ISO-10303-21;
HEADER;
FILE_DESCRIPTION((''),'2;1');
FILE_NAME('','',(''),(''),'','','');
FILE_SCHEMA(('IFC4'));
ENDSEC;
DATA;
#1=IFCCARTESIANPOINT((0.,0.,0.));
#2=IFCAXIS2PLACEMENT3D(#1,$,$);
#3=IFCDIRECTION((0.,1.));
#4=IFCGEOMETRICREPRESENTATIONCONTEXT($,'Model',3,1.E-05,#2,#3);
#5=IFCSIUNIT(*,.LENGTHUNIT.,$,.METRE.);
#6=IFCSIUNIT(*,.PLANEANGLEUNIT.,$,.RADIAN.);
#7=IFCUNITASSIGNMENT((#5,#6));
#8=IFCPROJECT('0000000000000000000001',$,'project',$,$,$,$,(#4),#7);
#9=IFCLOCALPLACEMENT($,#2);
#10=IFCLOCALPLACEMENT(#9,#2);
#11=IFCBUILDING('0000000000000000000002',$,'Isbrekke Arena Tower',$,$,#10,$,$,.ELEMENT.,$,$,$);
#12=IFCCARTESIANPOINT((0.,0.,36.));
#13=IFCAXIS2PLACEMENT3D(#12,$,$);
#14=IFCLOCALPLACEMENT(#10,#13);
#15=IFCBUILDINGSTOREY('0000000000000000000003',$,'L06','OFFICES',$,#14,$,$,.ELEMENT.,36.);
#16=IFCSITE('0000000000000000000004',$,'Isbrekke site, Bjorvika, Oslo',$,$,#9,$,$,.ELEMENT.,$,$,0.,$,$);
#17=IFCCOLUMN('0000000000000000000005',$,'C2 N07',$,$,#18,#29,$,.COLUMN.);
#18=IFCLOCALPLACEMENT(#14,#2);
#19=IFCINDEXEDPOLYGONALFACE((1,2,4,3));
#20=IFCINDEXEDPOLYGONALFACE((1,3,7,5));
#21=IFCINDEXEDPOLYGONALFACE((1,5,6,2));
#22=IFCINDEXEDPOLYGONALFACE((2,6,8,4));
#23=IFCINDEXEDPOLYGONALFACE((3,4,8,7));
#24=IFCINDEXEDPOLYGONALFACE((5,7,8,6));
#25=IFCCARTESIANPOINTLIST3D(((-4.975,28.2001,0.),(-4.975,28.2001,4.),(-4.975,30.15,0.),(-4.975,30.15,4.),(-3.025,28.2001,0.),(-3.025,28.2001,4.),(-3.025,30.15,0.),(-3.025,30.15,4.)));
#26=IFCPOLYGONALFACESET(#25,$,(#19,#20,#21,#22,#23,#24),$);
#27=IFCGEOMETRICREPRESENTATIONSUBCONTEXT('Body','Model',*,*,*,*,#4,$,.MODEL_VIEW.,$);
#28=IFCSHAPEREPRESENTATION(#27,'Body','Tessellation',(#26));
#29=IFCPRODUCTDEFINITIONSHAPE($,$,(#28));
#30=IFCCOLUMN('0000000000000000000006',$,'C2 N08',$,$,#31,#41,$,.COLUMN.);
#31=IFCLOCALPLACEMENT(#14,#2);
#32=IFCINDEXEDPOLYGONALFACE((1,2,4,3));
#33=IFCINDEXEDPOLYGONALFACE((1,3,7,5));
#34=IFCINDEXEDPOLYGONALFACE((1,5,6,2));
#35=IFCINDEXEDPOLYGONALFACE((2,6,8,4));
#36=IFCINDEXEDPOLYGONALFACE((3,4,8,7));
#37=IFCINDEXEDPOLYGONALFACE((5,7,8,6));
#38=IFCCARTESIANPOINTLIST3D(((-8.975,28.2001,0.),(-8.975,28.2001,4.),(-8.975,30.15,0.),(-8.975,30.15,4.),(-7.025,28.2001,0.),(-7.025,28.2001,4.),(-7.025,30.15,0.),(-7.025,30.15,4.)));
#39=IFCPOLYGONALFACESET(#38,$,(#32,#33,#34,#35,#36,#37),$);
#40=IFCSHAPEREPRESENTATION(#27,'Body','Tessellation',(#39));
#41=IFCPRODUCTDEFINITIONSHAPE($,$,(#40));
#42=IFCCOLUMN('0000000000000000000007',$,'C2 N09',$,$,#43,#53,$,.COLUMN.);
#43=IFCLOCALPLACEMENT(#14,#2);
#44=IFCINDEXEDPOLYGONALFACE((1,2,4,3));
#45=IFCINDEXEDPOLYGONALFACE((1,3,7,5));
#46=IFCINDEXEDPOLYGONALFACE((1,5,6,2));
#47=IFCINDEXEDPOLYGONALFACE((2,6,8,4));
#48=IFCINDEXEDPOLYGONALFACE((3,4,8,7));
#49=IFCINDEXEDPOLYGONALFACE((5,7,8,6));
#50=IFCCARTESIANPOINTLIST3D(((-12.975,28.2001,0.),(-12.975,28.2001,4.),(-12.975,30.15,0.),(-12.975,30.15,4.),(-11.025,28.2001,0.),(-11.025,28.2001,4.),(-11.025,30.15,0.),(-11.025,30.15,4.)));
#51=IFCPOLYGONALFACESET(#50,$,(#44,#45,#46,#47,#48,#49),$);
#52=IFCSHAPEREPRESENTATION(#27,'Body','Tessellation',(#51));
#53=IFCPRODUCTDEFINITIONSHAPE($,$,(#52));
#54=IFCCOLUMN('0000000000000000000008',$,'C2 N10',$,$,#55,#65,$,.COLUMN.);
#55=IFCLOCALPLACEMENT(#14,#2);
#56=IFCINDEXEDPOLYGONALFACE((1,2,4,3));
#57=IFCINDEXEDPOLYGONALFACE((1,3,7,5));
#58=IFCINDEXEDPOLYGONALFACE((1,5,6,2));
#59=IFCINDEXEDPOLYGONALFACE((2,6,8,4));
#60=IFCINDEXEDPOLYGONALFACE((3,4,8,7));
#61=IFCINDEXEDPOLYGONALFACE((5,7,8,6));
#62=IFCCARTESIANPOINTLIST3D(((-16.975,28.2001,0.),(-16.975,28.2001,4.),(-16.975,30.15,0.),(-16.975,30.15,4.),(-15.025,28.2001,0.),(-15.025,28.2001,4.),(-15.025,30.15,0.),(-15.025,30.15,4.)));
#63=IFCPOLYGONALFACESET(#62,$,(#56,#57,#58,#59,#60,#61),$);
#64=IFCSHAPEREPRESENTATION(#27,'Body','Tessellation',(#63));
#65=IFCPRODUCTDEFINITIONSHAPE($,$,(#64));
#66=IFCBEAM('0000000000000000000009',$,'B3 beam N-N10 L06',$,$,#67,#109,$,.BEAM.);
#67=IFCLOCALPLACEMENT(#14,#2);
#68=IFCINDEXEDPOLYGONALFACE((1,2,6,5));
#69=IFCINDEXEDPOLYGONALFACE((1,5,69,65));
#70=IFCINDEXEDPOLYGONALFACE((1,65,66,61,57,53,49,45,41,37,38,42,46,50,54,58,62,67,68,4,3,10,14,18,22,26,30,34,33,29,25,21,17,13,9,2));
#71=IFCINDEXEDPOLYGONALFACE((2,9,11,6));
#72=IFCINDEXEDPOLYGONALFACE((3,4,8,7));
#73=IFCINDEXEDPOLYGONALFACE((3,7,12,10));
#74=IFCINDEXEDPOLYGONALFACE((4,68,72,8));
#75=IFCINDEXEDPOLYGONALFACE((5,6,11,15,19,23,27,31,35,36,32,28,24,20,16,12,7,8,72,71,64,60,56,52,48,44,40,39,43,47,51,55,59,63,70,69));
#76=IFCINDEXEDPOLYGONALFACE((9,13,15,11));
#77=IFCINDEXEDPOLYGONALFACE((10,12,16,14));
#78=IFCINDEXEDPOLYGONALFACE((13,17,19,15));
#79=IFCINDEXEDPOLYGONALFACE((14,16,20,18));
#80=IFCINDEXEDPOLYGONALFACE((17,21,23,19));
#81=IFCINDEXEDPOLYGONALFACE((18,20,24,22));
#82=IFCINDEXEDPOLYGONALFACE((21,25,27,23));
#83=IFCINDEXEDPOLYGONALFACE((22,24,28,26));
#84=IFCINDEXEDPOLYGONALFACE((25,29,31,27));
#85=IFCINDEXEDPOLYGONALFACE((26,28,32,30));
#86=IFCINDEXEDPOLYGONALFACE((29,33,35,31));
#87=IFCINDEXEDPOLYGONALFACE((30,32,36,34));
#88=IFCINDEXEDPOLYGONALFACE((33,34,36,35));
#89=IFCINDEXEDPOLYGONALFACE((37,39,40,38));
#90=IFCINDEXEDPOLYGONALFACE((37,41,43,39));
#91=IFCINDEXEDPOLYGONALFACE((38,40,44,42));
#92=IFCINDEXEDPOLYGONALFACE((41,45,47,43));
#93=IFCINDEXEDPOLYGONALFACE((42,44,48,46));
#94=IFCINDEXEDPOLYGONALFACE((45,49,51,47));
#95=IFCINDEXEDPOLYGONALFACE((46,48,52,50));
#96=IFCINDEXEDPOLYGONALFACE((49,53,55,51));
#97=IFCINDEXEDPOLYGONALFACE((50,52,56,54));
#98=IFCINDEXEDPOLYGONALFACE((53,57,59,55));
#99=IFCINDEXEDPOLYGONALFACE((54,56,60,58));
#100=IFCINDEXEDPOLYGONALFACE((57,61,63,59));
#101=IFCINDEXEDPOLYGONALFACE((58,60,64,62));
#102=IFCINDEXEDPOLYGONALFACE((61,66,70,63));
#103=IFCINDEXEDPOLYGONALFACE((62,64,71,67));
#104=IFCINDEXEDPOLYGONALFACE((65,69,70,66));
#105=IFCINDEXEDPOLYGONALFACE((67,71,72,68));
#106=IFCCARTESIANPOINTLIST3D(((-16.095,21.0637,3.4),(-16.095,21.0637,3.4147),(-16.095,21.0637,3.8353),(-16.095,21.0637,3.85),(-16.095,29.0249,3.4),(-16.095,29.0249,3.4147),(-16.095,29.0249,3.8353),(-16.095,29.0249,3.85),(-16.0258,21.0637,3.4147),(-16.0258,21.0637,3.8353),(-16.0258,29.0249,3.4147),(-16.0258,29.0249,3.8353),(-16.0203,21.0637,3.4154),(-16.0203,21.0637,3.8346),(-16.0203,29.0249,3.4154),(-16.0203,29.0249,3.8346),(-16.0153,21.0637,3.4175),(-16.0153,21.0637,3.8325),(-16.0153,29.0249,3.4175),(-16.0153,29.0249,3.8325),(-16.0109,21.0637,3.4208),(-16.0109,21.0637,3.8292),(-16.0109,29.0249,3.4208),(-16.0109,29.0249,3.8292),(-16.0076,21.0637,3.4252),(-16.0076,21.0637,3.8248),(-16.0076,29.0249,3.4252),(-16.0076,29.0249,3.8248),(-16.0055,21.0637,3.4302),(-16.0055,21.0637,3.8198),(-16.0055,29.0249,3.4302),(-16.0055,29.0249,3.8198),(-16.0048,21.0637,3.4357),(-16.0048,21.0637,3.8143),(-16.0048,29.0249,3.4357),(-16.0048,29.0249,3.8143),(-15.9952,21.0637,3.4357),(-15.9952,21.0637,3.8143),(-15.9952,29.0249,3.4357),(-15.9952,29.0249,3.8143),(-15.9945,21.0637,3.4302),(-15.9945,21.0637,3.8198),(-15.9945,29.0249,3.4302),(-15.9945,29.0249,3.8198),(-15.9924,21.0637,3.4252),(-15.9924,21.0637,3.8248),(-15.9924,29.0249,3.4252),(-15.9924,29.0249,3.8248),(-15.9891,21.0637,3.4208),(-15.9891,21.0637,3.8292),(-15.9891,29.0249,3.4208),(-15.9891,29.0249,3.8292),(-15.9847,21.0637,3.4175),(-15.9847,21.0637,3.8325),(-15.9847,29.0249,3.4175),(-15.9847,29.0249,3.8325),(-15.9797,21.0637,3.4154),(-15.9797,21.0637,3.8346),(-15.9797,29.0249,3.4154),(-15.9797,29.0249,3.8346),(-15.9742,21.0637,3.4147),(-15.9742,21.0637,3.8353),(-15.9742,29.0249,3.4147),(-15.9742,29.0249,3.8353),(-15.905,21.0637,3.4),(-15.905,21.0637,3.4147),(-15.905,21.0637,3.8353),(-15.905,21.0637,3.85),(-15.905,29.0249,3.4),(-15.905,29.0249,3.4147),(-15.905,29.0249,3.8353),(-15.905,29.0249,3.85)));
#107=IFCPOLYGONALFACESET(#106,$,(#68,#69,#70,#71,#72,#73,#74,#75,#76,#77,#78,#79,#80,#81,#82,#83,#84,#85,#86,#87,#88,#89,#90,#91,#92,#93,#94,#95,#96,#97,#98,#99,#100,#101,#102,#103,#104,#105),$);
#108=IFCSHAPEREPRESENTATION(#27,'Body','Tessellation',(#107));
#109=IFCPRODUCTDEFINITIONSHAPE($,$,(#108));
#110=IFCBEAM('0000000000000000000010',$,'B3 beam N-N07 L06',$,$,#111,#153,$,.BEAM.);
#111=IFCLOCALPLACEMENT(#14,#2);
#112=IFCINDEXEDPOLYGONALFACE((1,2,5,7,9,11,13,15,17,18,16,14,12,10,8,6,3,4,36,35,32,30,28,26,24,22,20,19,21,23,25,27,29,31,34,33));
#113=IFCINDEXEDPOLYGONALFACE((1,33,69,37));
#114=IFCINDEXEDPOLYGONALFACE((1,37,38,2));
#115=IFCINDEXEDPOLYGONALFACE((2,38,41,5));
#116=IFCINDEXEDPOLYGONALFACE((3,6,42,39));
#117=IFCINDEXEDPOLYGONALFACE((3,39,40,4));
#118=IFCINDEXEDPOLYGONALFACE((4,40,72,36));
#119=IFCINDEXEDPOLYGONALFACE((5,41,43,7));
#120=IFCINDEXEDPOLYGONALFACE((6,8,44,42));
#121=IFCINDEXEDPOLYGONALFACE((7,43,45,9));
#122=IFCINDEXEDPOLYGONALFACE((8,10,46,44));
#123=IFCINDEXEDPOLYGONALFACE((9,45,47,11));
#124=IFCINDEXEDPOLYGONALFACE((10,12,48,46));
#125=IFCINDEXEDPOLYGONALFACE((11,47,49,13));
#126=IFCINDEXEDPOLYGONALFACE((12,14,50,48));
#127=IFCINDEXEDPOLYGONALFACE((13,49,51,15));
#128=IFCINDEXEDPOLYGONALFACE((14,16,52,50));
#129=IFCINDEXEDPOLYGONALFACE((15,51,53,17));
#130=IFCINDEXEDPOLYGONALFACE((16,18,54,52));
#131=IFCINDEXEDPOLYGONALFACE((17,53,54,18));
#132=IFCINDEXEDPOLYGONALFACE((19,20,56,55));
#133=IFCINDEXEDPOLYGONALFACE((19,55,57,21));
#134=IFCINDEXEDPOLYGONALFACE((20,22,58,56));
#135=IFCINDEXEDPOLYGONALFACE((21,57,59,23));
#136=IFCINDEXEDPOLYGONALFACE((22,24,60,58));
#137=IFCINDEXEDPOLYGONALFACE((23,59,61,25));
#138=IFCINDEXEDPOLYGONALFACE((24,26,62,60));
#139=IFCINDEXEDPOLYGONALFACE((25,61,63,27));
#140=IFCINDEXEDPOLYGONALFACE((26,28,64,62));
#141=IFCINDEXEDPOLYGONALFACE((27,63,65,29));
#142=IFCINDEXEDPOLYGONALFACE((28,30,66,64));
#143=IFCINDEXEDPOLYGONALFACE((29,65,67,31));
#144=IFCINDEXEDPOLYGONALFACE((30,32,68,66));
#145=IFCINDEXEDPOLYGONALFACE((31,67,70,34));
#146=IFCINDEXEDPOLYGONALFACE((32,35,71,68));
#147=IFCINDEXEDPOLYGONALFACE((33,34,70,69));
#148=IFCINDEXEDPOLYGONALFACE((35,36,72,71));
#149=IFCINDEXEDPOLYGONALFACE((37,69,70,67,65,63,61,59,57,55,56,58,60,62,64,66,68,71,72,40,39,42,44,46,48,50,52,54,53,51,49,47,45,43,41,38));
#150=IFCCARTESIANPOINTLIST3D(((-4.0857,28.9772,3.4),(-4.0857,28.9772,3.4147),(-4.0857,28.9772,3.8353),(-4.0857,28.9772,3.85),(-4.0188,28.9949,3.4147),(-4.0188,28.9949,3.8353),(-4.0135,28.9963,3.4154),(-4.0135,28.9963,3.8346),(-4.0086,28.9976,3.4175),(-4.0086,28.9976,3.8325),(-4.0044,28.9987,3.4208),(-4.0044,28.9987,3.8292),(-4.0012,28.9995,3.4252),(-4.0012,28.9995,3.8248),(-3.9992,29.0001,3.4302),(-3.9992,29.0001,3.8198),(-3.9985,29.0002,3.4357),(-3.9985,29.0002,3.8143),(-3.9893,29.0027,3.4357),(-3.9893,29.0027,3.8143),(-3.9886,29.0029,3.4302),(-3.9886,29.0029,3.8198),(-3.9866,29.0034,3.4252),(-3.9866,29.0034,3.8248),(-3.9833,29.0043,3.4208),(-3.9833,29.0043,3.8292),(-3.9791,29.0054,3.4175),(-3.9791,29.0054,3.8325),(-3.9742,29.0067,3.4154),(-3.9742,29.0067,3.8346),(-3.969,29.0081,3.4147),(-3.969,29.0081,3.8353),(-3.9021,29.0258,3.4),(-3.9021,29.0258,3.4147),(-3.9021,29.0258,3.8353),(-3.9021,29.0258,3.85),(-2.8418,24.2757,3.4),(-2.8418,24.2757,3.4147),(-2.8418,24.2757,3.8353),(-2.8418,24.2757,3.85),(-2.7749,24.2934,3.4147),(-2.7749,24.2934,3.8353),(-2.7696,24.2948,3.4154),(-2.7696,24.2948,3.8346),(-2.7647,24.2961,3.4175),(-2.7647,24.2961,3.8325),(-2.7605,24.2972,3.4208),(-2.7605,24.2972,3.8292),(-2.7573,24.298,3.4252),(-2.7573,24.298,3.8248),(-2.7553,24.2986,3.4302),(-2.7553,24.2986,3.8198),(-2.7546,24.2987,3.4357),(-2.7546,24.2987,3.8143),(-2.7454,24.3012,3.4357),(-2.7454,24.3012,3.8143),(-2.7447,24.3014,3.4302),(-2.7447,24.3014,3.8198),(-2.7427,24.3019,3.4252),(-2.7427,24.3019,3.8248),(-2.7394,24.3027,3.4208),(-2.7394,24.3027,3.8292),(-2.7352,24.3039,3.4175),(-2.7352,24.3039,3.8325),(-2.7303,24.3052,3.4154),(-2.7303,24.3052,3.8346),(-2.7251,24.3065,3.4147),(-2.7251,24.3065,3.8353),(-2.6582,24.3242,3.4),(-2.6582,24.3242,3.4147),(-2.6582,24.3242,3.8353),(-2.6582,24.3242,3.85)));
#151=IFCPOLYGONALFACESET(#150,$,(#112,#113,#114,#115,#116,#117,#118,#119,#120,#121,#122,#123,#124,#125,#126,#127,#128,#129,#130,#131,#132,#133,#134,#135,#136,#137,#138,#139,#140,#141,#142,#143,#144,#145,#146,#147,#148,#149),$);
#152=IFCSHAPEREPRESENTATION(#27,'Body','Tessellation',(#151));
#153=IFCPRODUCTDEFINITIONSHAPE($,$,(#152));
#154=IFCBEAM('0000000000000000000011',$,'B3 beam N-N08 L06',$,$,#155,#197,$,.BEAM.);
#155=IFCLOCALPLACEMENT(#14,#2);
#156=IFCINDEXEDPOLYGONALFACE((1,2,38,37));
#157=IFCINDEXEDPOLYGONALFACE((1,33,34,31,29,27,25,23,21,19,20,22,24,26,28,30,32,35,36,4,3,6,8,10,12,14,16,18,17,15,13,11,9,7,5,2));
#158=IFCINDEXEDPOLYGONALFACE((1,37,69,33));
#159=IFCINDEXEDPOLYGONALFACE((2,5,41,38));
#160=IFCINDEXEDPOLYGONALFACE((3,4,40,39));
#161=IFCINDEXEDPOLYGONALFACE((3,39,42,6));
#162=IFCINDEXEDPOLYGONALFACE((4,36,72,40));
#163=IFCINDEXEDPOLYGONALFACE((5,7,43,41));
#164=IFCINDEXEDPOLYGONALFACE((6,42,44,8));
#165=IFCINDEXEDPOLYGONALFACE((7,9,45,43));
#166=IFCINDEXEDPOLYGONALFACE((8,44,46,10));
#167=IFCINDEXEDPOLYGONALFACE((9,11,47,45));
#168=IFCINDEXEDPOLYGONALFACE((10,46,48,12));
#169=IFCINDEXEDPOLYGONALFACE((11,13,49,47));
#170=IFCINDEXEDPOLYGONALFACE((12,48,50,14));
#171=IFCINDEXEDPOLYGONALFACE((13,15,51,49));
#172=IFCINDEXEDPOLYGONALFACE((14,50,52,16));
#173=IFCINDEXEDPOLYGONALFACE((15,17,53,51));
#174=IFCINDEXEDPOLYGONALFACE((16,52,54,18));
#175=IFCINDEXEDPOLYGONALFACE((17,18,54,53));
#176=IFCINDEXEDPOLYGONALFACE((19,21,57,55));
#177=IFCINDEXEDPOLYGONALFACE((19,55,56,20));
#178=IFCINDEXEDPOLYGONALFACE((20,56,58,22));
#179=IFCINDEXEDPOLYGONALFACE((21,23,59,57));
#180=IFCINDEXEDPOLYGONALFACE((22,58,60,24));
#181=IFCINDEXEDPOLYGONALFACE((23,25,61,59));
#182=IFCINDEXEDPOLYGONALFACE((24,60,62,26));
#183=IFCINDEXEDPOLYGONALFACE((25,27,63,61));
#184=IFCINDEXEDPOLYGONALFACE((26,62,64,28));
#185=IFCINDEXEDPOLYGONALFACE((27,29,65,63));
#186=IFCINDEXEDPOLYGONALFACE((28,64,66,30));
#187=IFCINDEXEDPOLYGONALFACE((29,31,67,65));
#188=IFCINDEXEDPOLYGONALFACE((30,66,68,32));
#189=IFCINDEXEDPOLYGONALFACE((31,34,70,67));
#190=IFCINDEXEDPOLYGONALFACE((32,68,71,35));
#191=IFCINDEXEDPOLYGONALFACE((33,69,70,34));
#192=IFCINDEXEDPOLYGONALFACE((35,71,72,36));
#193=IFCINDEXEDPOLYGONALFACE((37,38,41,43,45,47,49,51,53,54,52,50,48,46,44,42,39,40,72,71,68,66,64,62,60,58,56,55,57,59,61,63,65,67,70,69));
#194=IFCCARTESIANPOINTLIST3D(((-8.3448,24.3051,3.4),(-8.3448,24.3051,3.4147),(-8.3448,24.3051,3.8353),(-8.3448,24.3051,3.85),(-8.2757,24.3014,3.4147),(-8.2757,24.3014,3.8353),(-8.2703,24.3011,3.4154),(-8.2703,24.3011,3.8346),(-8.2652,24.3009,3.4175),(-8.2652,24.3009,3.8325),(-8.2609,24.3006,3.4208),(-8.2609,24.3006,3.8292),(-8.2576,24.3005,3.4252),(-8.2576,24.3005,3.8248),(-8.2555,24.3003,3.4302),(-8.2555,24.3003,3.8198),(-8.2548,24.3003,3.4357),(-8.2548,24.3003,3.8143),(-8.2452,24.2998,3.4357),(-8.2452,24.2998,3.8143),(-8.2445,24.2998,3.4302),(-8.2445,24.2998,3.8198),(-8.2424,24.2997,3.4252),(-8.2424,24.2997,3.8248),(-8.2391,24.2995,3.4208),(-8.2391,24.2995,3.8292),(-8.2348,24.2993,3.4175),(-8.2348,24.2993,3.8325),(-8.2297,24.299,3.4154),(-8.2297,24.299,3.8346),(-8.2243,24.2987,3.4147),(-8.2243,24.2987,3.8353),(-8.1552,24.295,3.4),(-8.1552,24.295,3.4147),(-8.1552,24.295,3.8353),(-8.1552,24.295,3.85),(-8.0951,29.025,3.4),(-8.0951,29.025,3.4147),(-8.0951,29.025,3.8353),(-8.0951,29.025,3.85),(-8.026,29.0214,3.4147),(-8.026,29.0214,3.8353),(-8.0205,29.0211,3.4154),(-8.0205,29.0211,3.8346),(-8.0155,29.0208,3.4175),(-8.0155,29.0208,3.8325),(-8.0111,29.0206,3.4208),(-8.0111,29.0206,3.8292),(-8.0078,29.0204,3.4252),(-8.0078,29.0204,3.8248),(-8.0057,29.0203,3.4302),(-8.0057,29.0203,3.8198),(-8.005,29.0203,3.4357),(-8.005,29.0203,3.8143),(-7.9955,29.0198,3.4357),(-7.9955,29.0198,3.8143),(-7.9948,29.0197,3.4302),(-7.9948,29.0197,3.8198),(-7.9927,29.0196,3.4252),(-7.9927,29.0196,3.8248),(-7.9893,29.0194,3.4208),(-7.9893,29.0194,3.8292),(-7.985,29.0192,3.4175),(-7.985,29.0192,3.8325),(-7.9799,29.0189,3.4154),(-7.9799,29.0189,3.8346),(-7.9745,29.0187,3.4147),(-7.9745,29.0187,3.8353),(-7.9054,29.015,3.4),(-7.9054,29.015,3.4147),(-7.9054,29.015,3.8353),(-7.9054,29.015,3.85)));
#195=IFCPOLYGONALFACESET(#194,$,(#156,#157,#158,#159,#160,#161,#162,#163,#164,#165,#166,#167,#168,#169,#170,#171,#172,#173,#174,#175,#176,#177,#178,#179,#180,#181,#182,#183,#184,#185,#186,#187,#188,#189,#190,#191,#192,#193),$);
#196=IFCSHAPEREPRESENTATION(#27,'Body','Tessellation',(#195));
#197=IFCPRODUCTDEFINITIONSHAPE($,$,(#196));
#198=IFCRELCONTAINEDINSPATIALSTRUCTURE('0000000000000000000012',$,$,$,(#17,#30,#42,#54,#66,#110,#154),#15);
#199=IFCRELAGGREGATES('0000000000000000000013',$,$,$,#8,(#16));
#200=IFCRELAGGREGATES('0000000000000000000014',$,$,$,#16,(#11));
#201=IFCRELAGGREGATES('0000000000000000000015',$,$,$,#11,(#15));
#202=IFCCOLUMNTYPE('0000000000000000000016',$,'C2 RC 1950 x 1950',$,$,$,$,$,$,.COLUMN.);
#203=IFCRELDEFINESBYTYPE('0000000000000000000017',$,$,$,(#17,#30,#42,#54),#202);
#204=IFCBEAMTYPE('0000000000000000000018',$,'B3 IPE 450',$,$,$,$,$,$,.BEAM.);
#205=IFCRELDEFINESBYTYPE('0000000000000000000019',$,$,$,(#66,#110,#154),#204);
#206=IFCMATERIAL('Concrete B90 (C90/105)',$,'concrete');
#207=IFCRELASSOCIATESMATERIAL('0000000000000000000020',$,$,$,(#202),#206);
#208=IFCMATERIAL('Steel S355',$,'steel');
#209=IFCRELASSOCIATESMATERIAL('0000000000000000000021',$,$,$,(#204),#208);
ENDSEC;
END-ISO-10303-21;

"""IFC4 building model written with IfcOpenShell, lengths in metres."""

from ifc_helpers import new_model, si_unit, direction, frame, origin, origin_2d, place, context, subcontext, project, spatial, rectangle, i_section, extrude, material, material_profile, profile_set, type_object, element, save


model = new_model("IFC4")

# Units and contexts
model_context = context("Model", 3, precision=1e-05, world=origin(), true_north=direction((0.0, 1.0)))
body_context = subcontext(model_context, "Body", "Model", "MODEL_VIEW")
ifc_project = project(units=[si_unit("LENGTHUNIT", "METRE"), si_unit("PLANEANGLEUNIT", "RADIAN")], contexts=[model_context])

# Site, building, storey
site_placement = place(None, origin())
site = spatial("IfcSite", under=ifc_project, at=site_placement, Name="Isbrekke site, Bjorvika, Oslo", CompositionType="ELEMENT", RefElevation=0.0)
building_placement = place(site_placement, origin())
building = spatial("IfcBuilding", under=site, at=building_placement, Name="Isbrekke Arena Tower", CompositionType="ELEMENT")
storey_placement = place(building_placement, frame((0.0, 0.0, 36.0)))
storey = spatial("IfcBuildingStorey", under=building, at=storey_placement, Name="L06", Description="OFFICES", CompositionType="ELEMENT", Elevation=36.0)

# Columns
ifc_material_1 = material(Name="Concrete B90 (C90/105)", Category="concrete")
ifc_material_profile_1 = material_profile(ifc_material_1, rectangle(XDim=1.95, YDim=1.95, at=origin_2d()), Name="RC 1950x1950")
ifc_profile_set_1 = profile_set([ifc_material_profile_1], Name="Concrete B90 (C90/105)")
column_type = type_object("IfcColumnType", Name="C2 RC 1950 x 1950", PredefinedType="COLUMN", material=ifc_profile_set_1)
for number, where, z_axis, x_axis, name in (
    (1, (-4.0, 29.175, 0.0), (0.0, 0.0, 1.0), (-1.0, 0.0, 0.0), "C2 N07"),
    (2, (-8.0, 29.175, 0.0), (0.0, 0.0, 1.0), (-1.0, 0.0, 0.0), "C2 N08"),
    (3, (-12.0, 29.175, 0.0), (0.0, 0.0, 1.0), (-1.0, 0.0, 0.0), "C2 N09"),
    (4, (-16.0, 29.175, 0.0), (0.0, 0.0, 1.0), (-1.0, 0.0, 0.0), "C2 N10"),
):
    element("IfcColumn", number, at=place(storey_placement, frame(where, z_axis=z_axis, x_axis=x_axis)), inside=storey, type_object=column_type, Name=name, PredefinedType="COLUMN", context=body_context, shape_type="SweptSolid", body=[
        extrude(rectangle(XDim=1.95, YDim=1.95, at=origin_2d()), origin(), (0.0, 0.0, 1.0), 4.0),
    ])

# Beams
ifc_material_2 = material(Name="Steel S355", Category="steel")
ifc_material_profile_2 = material_profile(ifc_material_2, i_section(OverallWidth=0.1899, OverallDepth=0.45, WebThickness=0.0095, FlangeThickness=0.0146, FilletRadius=0.021, at=origin_2d()), Name="IPE 450")
ifc_profile_set_2 = profile_set([ifc_material_profile_2], Name="Steel S355")
beam_type_1 = type_object("IfcBeamType", Name="B3 IPE 450", PredefinedType="BEAM", material=ifc_profile_set_2)
beam_1_placement = place(storey_placement, frame((-16.0, 29.0249, 3.625), z_axis=(0.0, -1.0, 0.0), x_axis=(1.0, 0.0, 0.0)))
element("IfcBeam", 5, at=beam_1_placement, inside=storey, type_object=beam_type_1, Name="B3 beam N-N10 L06", PredefinedType="BEAM", context=body_context, shape_type="SweptSolid", body=[
    extrude(i_section(OverallWidth=0.1899, OverallDepth=0.45, WebThickness=0.0095, FlangeThickness=0.0146, FilletRadius=0.021, at=origin_2d()), origin(), (0.0, 0.0, 1.0), 7.9612),
])
beam_2_placement = place(storey_placement, frame((-3.9939, 29.0015, 3.625), z_axis=(0.255778, -0.966736, 0.0), x_axis=(0.966736, 0.255778, 0.0)))
element("IfcBeam", 6, at=beam_2_placement, inside=storey, type_object=beam_type_1, Name="B3 beam N-N07 L06", PredefinedType="BEAM", context=body_context, shape_type="SweptSolid", body=[
    extrude(i_section(OverallWidth=0.1899, OverallDepth=0.45, WebThickness=0.0095, FlangeThickness=0.0146, FilletRadius=0.021, at=origin_2d()), origin(), (0.0, 0.0, 1.0), 4.8633),
])
beam_3_placement = place(storey_placement, frame((-8.0002, 29.02, 3.625), z_axis=(-0.052841, -0.998603, 0.0), x_axis=(0.998603, -0.052841, 0.0)))
element("IfcBeam", 7, at=beam_3_placement, inside=storey, type_object=beam_type_1, Name="B3 beam N-N08 L06", PredefinedType="BEAM", context=body_context, shape_type="SweptSolid", body=[
    extrude(i_section(OverallWidth=0.1899, OverallDepth=0.45, WebThickness=0.0095, FlangeThickness=0.0146, FilletRadius=0.021, at=origin_2d()), origin(), (0.0, 0.0, 1.0), 4.7266),
])

save(model, "model.ifc")
